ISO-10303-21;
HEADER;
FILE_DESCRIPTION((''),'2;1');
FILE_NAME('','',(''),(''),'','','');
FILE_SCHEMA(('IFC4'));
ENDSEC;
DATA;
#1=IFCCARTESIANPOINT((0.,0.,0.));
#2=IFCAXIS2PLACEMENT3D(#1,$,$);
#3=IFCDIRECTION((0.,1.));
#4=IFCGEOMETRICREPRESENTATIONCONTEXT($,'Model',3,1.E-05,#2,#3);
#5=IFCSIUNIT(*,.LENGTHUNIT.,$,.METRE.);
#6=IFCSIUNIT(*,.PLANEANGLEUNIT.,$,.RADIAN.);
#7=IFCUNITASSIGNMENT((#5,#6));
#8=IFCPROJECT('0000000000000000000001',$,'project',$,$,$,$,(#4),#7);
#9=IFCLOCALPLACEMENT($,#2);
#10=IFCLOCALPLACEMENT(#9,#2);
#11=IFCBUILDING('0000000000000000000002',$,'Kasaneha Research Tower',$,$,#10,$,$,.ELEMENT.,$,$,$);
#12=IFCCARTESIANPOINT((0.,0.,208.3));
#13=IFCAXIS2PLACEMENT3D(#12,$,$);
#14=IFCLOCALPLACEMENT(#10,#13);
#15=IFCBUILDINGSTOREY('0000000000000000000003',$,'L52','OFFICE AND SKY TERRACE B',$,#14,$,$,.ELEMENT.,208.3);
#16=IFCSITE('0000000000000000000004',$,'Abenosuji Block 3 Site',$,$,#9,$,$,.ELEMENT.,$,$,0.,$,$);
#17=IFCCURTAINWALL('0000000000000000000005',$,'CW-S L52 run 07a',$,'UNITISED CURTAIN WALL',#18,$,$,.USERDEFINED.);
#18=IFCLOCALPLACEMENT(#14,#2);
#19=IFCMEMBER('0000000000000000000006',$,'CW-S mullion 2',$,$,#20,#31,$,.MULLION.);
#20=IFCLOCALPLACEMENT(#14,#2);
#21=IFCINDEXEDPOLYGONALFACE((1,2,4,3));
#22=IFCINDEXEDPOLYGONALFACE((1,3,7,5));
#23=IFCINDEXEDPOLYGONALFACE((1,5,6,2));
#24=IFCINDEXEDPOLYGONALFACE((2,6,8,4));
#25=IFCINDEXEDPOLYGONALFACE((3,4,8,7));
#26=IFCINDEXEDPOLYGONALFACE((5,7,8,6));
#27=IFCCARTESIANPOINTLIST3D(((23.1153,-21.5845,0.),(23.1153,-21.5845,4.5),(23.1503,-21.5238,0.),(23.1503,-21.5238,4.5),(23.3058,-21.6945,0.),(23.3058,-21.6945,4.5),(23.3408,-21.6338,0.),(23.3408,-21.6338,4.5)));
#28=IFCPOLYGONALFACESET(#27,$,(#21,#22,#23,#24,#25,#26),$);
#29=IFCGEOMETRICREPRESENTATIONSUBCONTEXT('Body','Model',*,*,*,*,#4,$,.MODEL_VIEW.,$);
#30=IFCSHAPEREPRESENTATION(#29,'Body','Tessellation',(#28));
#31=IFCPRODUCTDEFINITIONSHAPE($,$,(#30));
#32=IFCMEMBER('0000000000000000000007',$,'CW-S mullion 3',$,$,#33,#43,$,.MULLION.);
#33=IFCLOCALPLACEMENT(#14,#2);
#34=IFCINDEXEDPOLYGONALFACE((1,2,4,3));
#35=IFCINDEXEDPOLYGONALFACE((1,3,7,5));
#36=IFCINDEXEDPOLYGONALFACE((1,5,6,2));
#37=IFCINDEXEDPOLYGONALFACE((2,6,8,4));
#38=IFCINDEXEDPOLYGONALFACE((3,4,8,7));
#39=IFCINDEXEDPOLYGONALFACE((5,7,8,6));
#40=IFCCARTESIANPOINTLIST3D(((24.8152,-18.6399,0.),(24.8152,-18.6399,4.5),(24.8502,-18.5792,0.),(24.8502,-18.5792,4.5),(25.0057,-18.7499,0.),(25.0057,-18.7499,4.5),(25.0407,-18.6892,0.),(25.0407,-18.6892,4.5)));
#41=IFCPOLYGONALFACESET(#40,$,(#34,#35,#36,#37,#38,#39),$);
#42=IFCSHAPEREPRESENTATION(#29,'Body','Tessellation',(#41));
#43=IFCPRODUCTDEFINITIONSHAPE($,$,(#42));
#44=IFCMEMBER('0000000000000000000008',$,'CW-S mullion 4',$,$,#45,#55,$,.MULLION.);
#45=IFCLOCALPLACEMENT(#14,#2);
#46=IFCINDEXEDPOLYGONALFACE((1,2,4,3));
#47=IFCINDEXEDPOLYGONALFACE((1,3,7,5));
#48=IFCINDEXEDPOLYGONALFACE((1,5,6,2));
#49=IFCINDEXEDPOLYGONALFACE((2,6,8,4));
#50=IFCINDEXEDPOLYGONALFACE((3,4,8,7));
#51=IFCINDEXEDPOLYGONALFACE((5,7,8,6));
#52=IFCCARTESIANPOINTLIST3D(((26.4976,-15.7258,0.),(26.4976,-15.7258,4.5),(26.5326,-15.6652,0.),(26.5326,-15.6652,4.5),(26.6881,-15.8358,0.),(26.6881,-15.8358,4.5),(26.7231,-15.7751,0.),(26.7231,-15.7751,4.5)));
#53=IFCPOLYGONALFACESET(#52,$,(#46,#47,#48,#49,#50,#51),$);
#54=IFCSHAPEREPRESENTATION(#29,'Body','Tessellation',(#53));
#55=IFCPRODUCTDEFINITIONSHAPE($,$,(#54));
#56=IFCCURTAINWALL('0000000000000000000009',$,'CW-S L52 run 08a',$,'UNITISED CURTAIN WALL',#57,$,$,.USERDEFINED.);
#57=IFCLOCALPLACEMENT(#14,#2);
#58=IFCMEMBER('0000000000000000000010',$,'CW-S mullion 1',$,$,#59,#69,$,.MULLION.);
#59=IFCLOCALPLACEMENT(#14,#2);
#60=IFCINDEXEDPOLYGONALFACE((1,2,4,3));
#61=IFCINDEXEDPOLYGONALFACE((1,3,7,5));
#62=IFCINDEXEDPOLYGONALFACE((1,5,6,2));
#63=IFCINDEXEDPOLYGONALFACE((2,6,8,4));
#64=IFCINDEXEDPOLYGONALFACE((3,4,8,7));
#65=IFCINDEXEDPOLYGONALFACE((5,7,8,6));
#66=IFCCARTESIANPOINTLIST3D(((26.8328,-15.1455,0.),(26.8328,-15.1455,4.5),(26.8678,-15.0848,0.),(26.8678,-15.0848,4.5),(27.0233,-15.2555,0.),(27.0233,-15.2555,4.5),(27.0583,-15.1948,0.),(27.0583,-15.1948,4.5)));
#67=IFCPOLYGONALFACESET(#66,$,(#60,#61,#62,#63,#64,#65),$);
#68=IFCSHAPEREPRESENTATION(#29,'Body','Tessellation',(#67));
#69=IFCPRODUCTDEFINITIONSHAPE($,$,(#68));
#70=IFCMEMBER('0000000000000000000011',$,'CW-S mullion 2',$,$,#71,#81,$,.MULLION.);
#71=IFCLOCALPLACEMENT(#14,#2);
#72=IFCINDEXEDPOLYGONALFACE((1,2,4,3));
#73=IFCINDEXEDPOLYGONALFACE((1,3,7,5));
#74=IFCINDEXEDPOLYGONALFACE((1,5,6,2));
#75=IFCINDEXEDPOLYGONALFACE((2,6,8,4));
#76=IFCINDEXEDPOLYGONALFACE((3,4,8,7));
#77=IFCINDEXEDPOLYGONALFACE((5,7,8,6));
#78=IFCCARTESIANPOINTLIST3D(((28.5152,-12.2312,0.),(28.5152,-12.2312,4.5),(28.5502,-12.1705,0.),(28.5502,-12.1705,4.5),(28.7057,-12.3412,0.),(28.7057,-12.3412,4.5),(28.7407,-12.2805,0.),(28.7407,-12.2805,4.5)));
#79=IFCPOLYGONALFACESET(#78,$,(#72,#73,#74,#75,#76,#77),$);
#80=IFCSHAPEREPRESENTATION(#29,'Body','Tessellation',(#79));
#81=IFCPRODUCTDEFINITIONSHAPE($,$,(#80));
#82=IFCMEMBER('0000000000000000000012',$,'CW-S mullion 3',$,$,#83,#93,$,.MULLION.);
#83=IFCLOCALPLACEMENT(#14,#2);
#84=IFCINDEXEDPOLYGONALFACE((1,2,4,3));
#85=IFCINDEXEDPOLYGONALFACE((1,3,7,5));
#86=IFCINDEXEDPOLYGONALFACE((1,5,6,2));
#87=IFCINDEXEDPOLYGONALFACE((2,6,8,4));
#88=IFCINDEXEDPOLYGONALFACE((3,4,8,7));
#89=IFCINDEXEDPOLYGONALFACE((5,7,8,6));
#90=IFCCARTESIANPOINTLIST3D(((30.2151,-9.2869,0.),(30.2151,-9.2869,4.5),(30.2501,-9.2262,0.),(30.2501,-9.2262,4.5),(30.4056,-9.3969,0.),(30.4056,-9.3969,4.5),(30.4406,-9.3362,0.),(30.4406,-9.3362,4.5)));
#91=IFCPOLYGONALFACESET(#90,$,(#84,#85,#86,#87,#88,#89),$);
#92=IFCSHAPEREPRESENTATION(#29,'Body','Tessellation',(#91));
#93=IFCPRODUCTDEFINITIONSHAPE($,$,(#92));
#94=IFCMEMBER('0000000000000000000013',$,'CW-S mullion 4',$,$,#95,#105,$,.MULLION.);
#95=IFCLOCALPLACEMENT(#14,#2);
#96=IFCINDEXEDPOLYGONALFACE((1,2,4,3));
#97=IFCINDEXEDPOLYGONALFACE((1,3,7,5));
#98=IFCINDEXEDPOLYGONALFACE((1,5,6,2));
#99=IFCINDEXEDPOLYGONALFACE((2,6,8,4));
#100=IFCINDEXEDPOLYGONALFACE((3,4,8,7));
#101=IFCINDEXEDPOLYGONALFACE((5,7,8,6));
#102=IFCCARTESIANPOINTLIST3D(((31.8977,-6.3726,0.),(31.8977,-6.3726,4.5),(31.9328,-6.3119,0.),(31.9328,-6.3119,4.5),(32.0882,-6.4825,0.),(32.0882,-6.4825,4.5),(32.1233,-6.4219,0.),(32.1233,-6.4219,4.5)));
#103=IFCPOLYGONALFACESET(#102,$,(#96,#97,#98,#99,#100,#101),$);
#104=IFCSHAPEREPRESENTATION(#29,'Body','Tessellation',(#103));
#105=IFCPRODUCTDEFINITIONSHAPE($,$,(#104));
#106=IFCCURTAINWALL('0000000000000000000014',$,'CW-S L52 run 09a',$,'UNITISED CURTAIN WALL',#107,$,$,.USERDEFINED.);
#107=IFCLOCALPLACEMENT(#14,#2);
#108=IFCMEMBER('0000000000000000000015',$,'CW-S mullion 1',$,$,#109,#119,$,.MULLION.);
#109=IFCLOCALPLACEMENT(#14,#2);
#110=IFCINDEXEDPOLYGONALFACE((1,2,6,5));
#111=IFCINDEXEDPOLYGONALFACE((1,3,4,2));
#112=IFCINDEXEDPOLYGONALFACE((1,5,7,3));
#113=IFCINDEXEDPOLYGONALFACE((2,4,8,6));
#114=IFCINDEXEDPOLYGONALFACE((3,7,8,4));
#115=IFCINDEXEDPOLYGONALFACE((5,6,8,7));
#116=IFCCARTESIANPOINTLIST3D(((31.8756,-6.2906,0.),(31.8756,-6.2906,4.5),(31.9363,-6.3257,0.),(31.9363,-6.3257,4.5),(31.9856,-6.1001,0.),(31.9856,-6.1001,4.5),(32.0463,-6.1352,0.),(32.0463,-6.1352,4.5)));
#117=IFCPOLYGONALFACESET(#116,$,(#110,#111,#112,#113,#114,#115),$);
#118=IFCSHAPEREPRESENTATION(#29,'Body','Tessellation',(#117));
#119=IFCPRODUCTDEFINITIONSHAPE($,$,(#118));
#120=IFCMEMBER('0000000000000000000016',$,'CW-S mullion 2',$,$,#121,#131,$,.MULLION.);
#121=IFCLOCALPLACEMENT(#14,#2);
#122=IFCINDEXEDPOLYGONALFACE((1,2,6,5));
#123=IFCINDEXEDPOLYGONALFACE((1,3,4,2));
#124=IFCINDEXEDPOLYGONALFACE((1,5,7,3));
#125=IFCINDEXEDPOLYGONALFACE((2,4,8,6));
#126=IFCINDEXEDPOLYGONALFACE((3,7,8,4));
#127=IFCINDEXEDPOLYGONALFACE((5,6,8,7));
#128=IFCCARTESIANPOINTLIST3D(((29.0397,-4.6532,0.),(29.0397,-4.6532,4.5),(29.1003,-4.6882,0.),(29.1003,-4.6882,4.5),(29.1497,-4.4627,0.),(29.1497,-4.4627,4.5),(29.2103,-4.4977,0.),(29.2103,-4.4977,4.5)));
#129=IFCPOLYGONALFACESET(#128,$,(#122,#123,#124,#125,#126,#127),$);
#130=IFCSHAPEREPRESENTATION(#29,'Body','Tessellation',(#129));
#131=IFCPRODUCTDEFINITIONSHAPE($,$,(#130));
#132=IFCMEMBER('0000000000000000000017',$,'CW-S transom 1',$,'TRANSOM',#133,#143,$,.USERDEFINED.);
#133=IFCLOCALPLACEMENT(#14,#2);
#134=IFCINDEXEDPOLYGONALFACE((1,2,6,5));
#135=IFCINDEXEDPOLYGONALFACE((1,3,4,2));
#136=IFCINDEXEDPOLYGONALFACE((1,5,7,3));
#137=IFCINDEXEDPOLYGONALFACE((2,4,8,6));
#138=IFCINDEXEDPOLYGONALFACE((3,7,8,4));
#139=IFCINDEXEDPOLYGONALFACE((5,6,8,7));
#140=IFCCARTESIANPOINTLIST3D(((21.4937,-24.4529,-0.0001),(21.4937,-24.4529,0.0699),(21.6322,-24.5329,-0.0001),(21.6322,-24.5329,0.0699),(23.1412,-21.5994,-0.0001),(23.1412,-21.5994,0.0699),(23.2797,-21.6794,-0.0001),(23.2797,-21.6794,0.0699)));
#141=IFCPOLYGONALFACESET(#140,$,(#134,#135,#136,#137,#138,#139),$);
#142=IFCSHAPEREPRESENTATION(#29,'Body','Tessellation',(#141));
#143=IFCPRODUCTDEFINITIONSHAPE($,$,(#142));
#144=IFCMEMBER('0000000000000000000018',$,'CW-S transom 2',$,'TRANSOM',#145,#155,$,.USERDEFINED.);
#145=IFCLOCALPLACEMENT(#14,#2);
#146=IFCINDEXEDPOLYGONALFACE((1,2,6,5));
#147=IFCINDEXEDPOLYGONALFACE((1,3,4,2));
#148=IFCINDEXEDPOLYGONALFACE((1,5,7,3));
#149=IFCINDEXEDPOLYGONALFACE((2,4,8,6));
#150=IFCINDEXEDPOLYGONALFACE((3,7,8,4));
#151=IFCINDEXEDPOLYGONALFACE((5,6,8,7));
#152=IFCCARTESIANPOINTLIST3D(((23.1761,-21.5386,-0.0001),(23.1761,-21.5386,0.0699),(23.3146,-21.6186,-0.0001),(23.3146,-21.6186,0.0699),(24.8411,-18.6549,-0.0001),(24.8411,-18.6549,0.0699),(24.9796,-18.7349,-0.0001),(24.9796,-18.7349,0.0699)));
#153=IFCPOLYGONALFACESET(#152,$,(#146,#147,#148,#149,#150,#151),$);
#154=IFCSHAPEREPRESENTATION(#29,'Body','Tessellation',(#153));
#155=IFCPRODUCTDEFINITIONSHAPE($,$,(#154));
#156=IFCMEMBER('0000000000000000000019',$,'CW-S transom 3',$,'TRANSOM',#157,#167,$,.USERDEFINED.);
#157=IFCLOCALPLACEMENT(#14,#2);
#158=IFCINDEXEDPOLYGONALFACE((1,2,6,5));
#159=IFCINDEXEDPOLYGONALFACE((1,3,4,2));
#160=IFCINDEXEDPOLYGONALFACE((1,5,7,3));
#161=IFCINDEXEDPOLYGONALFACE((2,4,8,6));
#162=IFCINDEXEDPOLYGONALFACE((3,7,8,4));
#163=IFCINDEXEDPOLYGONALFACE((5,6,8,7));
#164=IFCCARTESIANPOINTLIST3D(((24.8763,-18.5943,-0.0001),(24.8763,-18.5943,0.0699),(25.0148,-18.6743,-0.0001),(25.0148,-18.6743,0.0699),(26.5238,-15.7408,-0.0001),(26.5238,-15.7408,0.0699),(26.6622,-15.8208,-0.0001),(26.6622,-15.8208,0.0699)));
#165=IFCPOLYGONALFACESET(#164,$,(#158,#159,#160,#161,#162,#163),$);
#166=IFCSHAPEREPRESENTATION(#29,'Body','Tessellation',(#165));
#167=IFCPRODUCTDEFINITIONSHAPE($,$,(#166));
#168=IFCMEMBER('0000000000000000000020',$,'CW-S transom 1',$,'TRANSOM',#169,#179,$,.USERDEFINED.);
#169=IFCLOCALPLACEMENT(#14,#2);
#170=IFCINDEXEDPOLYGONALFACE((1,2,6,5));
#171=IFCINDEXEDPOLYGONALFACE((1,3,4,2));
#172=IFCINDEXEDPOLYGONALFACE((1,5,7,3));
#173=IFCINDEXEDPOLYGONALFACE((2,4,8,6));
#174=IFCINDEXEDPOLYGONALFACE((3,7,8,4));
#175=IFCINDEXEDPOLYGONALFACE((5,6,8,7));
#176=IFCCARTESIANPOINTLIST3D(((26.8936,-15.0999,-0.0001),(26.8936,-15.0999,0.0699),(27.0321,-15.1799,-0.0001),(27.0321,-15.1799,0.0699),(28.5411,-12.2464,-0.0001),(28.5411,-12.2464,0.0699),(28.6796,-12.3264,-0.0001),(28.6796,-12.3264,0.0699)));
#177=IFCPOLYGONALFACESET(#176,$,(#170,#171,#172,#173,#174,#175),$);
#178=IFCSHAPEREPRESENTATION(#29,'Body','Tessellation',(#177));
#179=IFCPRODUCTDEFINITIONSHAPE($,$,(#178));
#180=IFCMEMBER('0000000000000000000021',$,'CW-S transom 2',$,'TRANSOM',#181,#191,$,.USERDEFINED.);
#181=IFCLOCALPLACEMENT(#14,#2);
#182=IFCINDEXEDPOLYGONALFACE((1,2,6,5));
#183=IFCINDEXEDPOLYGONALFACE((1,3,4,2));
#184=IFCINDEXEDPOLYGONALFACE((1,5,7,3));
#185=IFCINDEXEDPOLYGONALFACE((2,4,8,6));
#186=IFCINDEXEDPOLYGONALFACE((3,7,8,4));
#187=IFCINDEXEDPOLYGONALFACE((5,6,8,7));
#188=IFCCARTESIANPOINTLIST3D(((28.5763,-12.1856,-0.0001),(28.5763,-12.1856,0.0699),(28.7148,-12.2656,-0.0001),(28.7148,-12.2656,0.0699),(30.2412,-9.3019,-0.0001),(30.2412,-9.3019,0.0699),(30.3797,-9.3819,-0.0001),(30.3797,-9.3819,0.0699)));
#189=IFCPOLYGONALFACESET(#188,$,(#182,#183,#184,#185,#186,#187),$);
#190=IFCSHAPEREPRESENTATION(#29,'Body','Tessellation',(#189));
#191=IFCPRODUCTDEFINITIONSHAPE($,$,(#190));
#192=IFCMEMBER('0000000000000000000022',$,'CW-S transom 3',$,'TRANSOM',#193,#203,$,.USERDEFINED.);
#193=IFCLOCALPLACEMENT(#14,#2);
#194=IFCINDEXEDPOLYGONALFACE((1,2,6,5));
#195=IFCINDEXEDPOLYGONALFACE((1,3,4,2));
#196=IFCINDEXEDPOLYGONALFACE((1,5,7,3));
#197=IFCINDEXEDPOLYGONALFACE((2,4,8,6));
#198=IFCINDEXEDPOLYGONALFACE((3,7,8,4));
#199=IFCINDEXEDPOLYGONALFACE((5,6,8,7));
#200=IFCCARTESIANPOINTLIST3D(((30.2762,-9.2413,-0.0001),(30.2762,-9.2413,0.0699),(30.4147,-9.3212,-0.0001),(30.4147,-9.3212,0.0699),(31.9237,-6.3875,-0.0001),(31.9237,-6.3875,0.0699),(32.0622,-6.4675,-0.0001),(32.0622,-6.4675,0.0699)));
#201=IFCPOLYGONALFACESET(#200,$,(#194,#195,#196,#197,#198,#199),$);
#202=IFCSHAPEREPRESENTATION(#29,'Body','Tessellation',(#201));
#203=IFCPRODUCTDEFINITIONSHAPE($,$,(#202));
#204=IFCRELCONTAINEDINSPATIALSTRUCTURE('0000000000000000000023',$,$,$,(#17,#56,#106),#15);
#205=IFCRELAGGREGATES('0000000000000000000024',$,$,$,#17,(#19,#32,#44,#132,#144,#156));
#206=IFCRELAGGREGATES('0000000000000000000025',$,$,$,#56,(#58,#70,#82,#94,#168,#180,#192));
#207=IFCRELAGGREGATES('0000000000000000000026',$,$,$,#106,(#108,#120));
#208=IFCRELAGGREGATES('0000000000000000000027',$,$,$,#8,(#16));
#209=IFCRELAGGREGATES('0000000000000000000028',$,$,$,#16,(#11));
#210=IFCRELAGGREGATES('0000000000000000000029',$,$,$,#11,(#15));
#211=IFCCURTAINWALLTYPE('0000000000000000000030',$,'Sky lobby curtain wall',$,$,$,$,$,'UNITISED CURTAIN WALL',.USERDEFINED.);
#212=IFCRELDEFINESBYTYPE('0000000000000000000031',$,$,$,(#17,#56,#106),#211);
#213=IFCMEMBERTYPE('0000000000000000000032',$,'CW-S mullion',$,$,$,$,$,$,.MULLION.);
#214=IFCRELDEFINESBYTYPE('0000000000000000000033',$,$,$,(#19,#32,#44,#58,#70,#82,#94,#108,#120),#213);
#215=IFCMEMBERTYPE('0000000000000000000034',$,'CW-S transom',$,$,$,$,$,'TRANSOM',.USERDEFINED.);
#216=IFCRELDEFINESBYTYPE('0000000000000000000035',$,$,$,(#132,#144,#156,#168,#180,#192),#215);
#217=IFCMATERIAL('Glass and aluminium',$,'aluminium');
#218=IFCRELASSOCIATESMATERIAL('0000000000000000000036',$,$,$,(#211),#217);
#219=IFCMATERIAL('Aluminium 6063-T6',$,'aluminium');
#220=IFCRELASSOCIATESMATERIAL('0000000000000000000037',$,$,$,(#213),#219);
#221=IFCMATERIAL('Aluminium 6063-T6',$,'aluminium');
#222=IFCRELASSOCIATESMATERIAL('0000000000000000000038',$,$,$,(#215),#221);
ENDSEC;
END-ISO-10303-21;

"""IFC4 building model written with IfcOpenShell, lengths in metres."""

from ifc_helpers import new_model, si_unit, direction, frame, origin, origin_2d, place, context, subcontext, project, spatial, rectangle, extrude, material, material_profile, profile_set, type_object, element, aggregate, save


model = new_model("IFC4")

# Units and contexts
model_context = context("Model", 3, precision=1e-05, world=origin(), true_north=direction((0.0, 1.0)))
body_context = subcontext(model_context, "Body", "Model", "MODEL_VIEW")
ifc_project = project(units=[si_unit("LENGTHUNIT", "METRE"), si_unit("PLANEANGLEUNIT", "RADIAN")], contexts=[model_context])

# Site, building, storey
site_placement = place(None, origin())
site = spatial("IfcSite", under=ifc_project, at=site_placement, Name="Abenosuji Block 3 Site", CompositionType="ELEMENT", RefElevation=0.0)
building_placement = place(site_placement, origin())
building = spatial("IfcBuilding", under=site, at=building_placement, Name="Kasaneha Research Tower", CompositionType="ELEMENT")
storey_placement = place(building_placement, frame((0.0, 0.0, 208.3)))
storey = spatial("IfcBuildingStorey", under=building, at=storey_placement, Name="L52", Description="OFFICE AND SKY TERRACE B", CompositionType="ELEMENT", Elevation=208.3)

# Curtain walls, members
ifc_material_1 = material(Name="Glass and aluminium", Category="aluminium")
curtain_wall_type = type_object("IfcCurtainWallType", Name="Sky lobby curtain wall", ElementType="UNITISED CURTAIN WALL", PredefinedType="USERDEFINED", material=ifc_material_1)
curtain_wall_1_placement = place(storey_placement, origin())
curtain_wall_1 = element("IfcCurtainWall", 1, at=curtain_wall_1_placement, inside=storey, type_object=curtain_wall_type, Name="CW-S L52 run 07a", ObjectType="UNITISED CURTAIN WALL", PredefinedType="USERDEFINED")
ifc_material_2 = material(Name="Aluminium 6063-T6", Category="aluminium")
ifc_material_profile_1 = material_profile(ifc_material_2, rectangle(XDim=0.0701, YDim=0.22, at=origin_2d()), Name="CW-S mullion 70x220")
ifc_profile_set_1 = profile_set([ifc_material_profile_1], Name="Aluminium 6063-T6")
member_type_1 = type_object("IfcMemberType", Name="CW-S mullion", PredefinedType="MULLION", material=ifc_profile_set_1)
member_1_placement = place(storey_placement, frame((23.228, -21.6091, 0.0), z_axis=(0.0, 0.0, 1.0), x_axis=(0.5, 0.866025, 0.0)))
member_1 = element("IfcMember", 2, at=member_1_placement, type_object=member_type_1, Name="CW-S mullion 2", PredefinedType="MULLION", context=body_context, shape_type="SweptSolid", body=[
    extrude(rectangle(XDim=0.0701, YDim=0.22, at=origin_2d()), origin(), (0.0, 0.0, 1.0), 4.5),
])
member_2_placement = place(storey_placement, frame((24.928, -18.6646, 0.0), z_axis=(0.0, 0.0, 1.0), x_axis=(0.5, 0.866025, 0.0)))
member_2 = element("IfcMember", 3, at=member_2_placement, type_object=member_type_1, Name="CW-S mullion 3", PredefinedType="MULLION", context=body_context, shape_type="SweptSolid", body=[
    extrude(rectangle(XDim=0.0701, YDim=0.22, at=origin_2d()), origin(), (0.0, 0.0, 1.0), 4.5),
])
member_3_placement = place(storey_placement, frame((26.6104, -15.7505, 0.0), z_axis=(0.0, 0.0, 1.0), x_axis=(0.5, 0.866025, 0.0)))
member_3 = element("IfcMember", 4, at=member_3_placement, type_object=member_type_1, Name="CW-S mullion 4", PredefinedType="MULLION", context=body_context, shape_type="SweptSolid", body=[
    extrude(rectangle(XDim=0.0701, YDim=0.22, at=origin_2d()), origin(), (0.0, 0.0, 1.0), 4.5),
])
curtain_wall_2_placement = place(storey_placement, origin())
curtain_wall_2 = element("IfcCurtainWall", 5, at=curtain_wall_2_placement, inside=storey, type_object=curtain_wall_type, Name="CW-S L52 run 08a", ObjectType="UNITISED CURTAIN WALL", PredefinedType="USERDEFINED")
member_4_placement = place(storey_placement, frame((26.9456, -15.1702, 0.0), z_axis=(0.0, 0.0, 1.0), x_axis=(0.5, 0.866025, 0.0)))
member_4 = element("IfcMember", 6, at=member_4_placement, type_object=member_type_1, Name="CW-S mullion 1", PredefinedType="MULLION", context=body_context, shape_type="SweptSolid", body=[
    extrude(rectangle(XDim=0.0701, YDim=0.22, at=origin_2d()), origin(), (0.0, 0.0, 1.0), 4.5),
])
member_5_placement = place(storey_placement, frame((28.6279, -12.2559, 0.0), z_axis=(0.0, 0.0, 1.0), x_axis=(0.5, 0.866025, 0.0)))
member_5 = element("IfcMember", 7, at=member_5_placement, type_object=member_type_1, Name="CW-S mullion 2", PredefinedType="MULLION", context=body_context, shape_type="SweptSolid", body=[
    extrude(rectangle(XDim=0.0701, YDim=0.22, at=origin_2d()), origin(), (0.0, 0.0, 1.0), 4.5),
])
member_6_placement = place(storey_placement, frame((30.3279, -9.3115, 0.0), z_axis=(0.0, 0.0, 1.0), x_axis=(0.5, 0.866025, 0.0)))
member_6 = element("IfcMember", 8, at=member_6_placement, type_object=member_type_1, Name="CW-S mullion 3", PredefinedType="MULLION", context=body_context, shape_type="SweptSolid", body=[
    extrude(rectangle(XDim=0.0701, YDim=0.22, at=origin_2d()), origin(), (0.0, 0.0, 1.0), 4.5),
])
member_7_placement = place(storey_placement, frame((32.0105, -6.3972, 0.0), z_axis=(0.0, 0.0, 1.0), x_axis=(0.5, 0.866025, 0.0)))
member_7 = element("IfcMember", 9, at=member_7_placement, type_object=member_type_1, Name="CW-S mullion 4", PredefinedType="MULLION", context=body_context, shape_type="SweptSolid", body=[
    extrude(rectangle(XDim=0.0701, YDim=0.22, at=origin_2d()), origin(), (0.0, 0.0, 1.0), 4.5),
])
curtain_wall_3_placement = place(storey_placement, origin())
curtain_wall_3 = element("IfcCurtainWall", 10, at=curtain_wall_3_placement, inside=storey, type_object=curtain_wall_type, Name="CW-S L52 run 09a", ObjectType="UNITISED CURTAIN WALL", PredefinedType="USERDEFINED")
member_8_placement = place(storey_placement, frame((31.9609, -6.2129, 0.0), z_axis=(0.0, 0.0, 1.0), x_axis=(-0.866025, 0.5, 0.0)))
member_8 = element("IfcMember", 11, at=member_8_placement, type_object=member_type_1, Name="CW-S mullion 1", PredefinedType="MULLION", context=body_context, shape_type="SweptSolid", body=[
    extrude(rectangle(XDim=0.0701, YDim=0.22, at=origin_2d()), origin(), (0.0, 0.0, 1.0), 4.5),
])
member_9_placement = place(storey_placement, frame((29.125, -4.5754, 0.0), z_axis=(0.0, 0.0, 1.0), x_axis=(-0.866025, 0.5, 0.0)))
member_9 = element("IfcMember", 12, at=member_9_placement, type_object=member_type_1, Name="CW-S mullion 2", PredefinedType="MULLION", context=body_context, shape_type="SweptSolid", body=[
    extrude(rectangle(XDim=0.0701, YDim=0.22, at=origin_2d()), origin(), (0.0, 0.0, 1.0), 4.5),
])

# Members
ifc_material_3 = material(Name="Aluminium 6063-T6", Category="aluminium")
ifc_material_profile_2 = material_profile(ifc_material_3, rectangle(XDim=0.1599, YDim=0.0701, at=origin_2d()), Name="CW-S transom 160x70")
ifc_profile_set_2 = profile_set([ifc_material_profile_2], Name="Aluminium 6063-T6")
member_type_2 = type_object("IfcMemberType", Name="CW-S transom", ElementType="TRANSOM", PredefinedType="USERDEFINED", material=ifc_profile_set_2)
member_10_placement = place(storey_placement, frame((21.563, -24.4929, 0.0349), z_axis=(0.499996, 0.866028, 0.0), x_axis=(-0.866028, 0.499996, 0.0)))
member_10 = element("IfcMember", 13, at=member_10_placement, type_object=member_type_2, Name="CW-S transom 1", ObjectType="TRANSOM", PredefinedType="USERDEFINED", context=body_context, shape_type="SweptSolid", body=[
    extrude(rectangle(XDim=0.1599, YDim=0.0701, at=origin_2d()), origin(), (0.0, 0.0, 1.0), 3.2949),
])
member_11_placement = place(storey_placement, frame((23.2454, -21.5786, 0.0349), z_axis=(0.500019, 0.866015, 0.0), x_axis=(-0.866015, 0.500019, 0.0)))
member_11 = element("IfcMember", 14, at=member_11_placement, type_object=member_type_2, Name="CW-S transom 2", ObjectType="TRANSOM", PredefinedType="USERDEFINED", context=body_context, shape_type="SweptSolid", body=[
    extrude(rectangle(XDim=0.1599, YDim=0.0701, at=origin_2d()), origin(), (0.0, 0.0, 1.0), 3.3298),
])
member_12_placement = place(storey_placement, frame((24.9456, -18.6343, 0.0349), z_axis=(0.499996, 0.866028, 0.0), x_axis=(-0.866028, 0.499996, 0.0)))
member_12 = element("IfcMember", 15, at=member_12_placement, type_object=member_type_2, Name="CW-S transom 3", ObjectType="TRANSOM", PredefinedType="USERDEFINED", context=body_context, shape_type="SweptSolid", body=[
    extrude(rectangle(XDim=0.1599, YDim=0.0701, at=origin_2d()), origin(), (0.0, 0.0, 1.0), 3.2949),
])
member_13_placement = place(storey_placement, frame((26.9629, -15.1399, 0.0349), z_axis=(0.499996, 0.866028, 0.0), x_axis=(-0.866028, 0.499996, 0.0)))
member_13 = element("IfcMember", 16, at=member_13_placement, type_object=member_type_2, Name="CW-S transom 1", ObjectType="TRANSOM", PredefinedType="USERDEFINED", context=body_context, shape_type="SweptSolid", body=[
    extrude(rectangle(XDim=0.1599, YDim=0.0701, at=origin_2d()), origin(), (0.0, 0.0, 1.0), 3.2949),
])
member_14_placement = place(storey_placement, frame((28.6455, -12.2256, 0.0349), z_axis=(0.500019, 0.866015, 0.0), x_axis=(-0.866015, 0.500019, 0.0)))
member_14 = element("IfcMember", 17, at=member_14_placement, type_object=member_type_2, Name="CW-S transom 2", ObjectType="TRANSOM", PredefinedType="USERDEFINED", context=body_context, shape_type="SweptSolid", body=[
    extrude(rectangle(XDim=0.1599, YDim=0.0701, at=origin_2d()), origin(), (0.0, 0.0, 1.0), 3.3298),
])
member_15_placement = place(storey_placement, frame((30.3455, -9.2812, 0.0349), z_axis=(0.499964, 0.866046, 0.0), x_axis=(-0.866046, 0.499964, 0.0)))
member_15 = element("IfcMember", 18, at=member_15_placement, type_object=member_type_2, Name="CW-S transom 3", ObjectType="TRANSOM", PredefinedType="USERDEFINED", context=body_context, shape_type="SweptSolid", body=[
    extrude(rectangle(XDim=0.1599, YDim=0.0701, at=origin_2d()), origin(), (0.0, 0.0, 1.0), 3.2952),
])

aggregate(curtain_wall_1, [member_1, member_2, member_3, member_10, member_11, member_12])
aggregate(curtain_wall_2, [member_4, member_5, member_6, member_7, member_13, member_14, member_15])
aggregate(curtain_wall_3, [member_8, member_9])

save(model, "model.ifc")
